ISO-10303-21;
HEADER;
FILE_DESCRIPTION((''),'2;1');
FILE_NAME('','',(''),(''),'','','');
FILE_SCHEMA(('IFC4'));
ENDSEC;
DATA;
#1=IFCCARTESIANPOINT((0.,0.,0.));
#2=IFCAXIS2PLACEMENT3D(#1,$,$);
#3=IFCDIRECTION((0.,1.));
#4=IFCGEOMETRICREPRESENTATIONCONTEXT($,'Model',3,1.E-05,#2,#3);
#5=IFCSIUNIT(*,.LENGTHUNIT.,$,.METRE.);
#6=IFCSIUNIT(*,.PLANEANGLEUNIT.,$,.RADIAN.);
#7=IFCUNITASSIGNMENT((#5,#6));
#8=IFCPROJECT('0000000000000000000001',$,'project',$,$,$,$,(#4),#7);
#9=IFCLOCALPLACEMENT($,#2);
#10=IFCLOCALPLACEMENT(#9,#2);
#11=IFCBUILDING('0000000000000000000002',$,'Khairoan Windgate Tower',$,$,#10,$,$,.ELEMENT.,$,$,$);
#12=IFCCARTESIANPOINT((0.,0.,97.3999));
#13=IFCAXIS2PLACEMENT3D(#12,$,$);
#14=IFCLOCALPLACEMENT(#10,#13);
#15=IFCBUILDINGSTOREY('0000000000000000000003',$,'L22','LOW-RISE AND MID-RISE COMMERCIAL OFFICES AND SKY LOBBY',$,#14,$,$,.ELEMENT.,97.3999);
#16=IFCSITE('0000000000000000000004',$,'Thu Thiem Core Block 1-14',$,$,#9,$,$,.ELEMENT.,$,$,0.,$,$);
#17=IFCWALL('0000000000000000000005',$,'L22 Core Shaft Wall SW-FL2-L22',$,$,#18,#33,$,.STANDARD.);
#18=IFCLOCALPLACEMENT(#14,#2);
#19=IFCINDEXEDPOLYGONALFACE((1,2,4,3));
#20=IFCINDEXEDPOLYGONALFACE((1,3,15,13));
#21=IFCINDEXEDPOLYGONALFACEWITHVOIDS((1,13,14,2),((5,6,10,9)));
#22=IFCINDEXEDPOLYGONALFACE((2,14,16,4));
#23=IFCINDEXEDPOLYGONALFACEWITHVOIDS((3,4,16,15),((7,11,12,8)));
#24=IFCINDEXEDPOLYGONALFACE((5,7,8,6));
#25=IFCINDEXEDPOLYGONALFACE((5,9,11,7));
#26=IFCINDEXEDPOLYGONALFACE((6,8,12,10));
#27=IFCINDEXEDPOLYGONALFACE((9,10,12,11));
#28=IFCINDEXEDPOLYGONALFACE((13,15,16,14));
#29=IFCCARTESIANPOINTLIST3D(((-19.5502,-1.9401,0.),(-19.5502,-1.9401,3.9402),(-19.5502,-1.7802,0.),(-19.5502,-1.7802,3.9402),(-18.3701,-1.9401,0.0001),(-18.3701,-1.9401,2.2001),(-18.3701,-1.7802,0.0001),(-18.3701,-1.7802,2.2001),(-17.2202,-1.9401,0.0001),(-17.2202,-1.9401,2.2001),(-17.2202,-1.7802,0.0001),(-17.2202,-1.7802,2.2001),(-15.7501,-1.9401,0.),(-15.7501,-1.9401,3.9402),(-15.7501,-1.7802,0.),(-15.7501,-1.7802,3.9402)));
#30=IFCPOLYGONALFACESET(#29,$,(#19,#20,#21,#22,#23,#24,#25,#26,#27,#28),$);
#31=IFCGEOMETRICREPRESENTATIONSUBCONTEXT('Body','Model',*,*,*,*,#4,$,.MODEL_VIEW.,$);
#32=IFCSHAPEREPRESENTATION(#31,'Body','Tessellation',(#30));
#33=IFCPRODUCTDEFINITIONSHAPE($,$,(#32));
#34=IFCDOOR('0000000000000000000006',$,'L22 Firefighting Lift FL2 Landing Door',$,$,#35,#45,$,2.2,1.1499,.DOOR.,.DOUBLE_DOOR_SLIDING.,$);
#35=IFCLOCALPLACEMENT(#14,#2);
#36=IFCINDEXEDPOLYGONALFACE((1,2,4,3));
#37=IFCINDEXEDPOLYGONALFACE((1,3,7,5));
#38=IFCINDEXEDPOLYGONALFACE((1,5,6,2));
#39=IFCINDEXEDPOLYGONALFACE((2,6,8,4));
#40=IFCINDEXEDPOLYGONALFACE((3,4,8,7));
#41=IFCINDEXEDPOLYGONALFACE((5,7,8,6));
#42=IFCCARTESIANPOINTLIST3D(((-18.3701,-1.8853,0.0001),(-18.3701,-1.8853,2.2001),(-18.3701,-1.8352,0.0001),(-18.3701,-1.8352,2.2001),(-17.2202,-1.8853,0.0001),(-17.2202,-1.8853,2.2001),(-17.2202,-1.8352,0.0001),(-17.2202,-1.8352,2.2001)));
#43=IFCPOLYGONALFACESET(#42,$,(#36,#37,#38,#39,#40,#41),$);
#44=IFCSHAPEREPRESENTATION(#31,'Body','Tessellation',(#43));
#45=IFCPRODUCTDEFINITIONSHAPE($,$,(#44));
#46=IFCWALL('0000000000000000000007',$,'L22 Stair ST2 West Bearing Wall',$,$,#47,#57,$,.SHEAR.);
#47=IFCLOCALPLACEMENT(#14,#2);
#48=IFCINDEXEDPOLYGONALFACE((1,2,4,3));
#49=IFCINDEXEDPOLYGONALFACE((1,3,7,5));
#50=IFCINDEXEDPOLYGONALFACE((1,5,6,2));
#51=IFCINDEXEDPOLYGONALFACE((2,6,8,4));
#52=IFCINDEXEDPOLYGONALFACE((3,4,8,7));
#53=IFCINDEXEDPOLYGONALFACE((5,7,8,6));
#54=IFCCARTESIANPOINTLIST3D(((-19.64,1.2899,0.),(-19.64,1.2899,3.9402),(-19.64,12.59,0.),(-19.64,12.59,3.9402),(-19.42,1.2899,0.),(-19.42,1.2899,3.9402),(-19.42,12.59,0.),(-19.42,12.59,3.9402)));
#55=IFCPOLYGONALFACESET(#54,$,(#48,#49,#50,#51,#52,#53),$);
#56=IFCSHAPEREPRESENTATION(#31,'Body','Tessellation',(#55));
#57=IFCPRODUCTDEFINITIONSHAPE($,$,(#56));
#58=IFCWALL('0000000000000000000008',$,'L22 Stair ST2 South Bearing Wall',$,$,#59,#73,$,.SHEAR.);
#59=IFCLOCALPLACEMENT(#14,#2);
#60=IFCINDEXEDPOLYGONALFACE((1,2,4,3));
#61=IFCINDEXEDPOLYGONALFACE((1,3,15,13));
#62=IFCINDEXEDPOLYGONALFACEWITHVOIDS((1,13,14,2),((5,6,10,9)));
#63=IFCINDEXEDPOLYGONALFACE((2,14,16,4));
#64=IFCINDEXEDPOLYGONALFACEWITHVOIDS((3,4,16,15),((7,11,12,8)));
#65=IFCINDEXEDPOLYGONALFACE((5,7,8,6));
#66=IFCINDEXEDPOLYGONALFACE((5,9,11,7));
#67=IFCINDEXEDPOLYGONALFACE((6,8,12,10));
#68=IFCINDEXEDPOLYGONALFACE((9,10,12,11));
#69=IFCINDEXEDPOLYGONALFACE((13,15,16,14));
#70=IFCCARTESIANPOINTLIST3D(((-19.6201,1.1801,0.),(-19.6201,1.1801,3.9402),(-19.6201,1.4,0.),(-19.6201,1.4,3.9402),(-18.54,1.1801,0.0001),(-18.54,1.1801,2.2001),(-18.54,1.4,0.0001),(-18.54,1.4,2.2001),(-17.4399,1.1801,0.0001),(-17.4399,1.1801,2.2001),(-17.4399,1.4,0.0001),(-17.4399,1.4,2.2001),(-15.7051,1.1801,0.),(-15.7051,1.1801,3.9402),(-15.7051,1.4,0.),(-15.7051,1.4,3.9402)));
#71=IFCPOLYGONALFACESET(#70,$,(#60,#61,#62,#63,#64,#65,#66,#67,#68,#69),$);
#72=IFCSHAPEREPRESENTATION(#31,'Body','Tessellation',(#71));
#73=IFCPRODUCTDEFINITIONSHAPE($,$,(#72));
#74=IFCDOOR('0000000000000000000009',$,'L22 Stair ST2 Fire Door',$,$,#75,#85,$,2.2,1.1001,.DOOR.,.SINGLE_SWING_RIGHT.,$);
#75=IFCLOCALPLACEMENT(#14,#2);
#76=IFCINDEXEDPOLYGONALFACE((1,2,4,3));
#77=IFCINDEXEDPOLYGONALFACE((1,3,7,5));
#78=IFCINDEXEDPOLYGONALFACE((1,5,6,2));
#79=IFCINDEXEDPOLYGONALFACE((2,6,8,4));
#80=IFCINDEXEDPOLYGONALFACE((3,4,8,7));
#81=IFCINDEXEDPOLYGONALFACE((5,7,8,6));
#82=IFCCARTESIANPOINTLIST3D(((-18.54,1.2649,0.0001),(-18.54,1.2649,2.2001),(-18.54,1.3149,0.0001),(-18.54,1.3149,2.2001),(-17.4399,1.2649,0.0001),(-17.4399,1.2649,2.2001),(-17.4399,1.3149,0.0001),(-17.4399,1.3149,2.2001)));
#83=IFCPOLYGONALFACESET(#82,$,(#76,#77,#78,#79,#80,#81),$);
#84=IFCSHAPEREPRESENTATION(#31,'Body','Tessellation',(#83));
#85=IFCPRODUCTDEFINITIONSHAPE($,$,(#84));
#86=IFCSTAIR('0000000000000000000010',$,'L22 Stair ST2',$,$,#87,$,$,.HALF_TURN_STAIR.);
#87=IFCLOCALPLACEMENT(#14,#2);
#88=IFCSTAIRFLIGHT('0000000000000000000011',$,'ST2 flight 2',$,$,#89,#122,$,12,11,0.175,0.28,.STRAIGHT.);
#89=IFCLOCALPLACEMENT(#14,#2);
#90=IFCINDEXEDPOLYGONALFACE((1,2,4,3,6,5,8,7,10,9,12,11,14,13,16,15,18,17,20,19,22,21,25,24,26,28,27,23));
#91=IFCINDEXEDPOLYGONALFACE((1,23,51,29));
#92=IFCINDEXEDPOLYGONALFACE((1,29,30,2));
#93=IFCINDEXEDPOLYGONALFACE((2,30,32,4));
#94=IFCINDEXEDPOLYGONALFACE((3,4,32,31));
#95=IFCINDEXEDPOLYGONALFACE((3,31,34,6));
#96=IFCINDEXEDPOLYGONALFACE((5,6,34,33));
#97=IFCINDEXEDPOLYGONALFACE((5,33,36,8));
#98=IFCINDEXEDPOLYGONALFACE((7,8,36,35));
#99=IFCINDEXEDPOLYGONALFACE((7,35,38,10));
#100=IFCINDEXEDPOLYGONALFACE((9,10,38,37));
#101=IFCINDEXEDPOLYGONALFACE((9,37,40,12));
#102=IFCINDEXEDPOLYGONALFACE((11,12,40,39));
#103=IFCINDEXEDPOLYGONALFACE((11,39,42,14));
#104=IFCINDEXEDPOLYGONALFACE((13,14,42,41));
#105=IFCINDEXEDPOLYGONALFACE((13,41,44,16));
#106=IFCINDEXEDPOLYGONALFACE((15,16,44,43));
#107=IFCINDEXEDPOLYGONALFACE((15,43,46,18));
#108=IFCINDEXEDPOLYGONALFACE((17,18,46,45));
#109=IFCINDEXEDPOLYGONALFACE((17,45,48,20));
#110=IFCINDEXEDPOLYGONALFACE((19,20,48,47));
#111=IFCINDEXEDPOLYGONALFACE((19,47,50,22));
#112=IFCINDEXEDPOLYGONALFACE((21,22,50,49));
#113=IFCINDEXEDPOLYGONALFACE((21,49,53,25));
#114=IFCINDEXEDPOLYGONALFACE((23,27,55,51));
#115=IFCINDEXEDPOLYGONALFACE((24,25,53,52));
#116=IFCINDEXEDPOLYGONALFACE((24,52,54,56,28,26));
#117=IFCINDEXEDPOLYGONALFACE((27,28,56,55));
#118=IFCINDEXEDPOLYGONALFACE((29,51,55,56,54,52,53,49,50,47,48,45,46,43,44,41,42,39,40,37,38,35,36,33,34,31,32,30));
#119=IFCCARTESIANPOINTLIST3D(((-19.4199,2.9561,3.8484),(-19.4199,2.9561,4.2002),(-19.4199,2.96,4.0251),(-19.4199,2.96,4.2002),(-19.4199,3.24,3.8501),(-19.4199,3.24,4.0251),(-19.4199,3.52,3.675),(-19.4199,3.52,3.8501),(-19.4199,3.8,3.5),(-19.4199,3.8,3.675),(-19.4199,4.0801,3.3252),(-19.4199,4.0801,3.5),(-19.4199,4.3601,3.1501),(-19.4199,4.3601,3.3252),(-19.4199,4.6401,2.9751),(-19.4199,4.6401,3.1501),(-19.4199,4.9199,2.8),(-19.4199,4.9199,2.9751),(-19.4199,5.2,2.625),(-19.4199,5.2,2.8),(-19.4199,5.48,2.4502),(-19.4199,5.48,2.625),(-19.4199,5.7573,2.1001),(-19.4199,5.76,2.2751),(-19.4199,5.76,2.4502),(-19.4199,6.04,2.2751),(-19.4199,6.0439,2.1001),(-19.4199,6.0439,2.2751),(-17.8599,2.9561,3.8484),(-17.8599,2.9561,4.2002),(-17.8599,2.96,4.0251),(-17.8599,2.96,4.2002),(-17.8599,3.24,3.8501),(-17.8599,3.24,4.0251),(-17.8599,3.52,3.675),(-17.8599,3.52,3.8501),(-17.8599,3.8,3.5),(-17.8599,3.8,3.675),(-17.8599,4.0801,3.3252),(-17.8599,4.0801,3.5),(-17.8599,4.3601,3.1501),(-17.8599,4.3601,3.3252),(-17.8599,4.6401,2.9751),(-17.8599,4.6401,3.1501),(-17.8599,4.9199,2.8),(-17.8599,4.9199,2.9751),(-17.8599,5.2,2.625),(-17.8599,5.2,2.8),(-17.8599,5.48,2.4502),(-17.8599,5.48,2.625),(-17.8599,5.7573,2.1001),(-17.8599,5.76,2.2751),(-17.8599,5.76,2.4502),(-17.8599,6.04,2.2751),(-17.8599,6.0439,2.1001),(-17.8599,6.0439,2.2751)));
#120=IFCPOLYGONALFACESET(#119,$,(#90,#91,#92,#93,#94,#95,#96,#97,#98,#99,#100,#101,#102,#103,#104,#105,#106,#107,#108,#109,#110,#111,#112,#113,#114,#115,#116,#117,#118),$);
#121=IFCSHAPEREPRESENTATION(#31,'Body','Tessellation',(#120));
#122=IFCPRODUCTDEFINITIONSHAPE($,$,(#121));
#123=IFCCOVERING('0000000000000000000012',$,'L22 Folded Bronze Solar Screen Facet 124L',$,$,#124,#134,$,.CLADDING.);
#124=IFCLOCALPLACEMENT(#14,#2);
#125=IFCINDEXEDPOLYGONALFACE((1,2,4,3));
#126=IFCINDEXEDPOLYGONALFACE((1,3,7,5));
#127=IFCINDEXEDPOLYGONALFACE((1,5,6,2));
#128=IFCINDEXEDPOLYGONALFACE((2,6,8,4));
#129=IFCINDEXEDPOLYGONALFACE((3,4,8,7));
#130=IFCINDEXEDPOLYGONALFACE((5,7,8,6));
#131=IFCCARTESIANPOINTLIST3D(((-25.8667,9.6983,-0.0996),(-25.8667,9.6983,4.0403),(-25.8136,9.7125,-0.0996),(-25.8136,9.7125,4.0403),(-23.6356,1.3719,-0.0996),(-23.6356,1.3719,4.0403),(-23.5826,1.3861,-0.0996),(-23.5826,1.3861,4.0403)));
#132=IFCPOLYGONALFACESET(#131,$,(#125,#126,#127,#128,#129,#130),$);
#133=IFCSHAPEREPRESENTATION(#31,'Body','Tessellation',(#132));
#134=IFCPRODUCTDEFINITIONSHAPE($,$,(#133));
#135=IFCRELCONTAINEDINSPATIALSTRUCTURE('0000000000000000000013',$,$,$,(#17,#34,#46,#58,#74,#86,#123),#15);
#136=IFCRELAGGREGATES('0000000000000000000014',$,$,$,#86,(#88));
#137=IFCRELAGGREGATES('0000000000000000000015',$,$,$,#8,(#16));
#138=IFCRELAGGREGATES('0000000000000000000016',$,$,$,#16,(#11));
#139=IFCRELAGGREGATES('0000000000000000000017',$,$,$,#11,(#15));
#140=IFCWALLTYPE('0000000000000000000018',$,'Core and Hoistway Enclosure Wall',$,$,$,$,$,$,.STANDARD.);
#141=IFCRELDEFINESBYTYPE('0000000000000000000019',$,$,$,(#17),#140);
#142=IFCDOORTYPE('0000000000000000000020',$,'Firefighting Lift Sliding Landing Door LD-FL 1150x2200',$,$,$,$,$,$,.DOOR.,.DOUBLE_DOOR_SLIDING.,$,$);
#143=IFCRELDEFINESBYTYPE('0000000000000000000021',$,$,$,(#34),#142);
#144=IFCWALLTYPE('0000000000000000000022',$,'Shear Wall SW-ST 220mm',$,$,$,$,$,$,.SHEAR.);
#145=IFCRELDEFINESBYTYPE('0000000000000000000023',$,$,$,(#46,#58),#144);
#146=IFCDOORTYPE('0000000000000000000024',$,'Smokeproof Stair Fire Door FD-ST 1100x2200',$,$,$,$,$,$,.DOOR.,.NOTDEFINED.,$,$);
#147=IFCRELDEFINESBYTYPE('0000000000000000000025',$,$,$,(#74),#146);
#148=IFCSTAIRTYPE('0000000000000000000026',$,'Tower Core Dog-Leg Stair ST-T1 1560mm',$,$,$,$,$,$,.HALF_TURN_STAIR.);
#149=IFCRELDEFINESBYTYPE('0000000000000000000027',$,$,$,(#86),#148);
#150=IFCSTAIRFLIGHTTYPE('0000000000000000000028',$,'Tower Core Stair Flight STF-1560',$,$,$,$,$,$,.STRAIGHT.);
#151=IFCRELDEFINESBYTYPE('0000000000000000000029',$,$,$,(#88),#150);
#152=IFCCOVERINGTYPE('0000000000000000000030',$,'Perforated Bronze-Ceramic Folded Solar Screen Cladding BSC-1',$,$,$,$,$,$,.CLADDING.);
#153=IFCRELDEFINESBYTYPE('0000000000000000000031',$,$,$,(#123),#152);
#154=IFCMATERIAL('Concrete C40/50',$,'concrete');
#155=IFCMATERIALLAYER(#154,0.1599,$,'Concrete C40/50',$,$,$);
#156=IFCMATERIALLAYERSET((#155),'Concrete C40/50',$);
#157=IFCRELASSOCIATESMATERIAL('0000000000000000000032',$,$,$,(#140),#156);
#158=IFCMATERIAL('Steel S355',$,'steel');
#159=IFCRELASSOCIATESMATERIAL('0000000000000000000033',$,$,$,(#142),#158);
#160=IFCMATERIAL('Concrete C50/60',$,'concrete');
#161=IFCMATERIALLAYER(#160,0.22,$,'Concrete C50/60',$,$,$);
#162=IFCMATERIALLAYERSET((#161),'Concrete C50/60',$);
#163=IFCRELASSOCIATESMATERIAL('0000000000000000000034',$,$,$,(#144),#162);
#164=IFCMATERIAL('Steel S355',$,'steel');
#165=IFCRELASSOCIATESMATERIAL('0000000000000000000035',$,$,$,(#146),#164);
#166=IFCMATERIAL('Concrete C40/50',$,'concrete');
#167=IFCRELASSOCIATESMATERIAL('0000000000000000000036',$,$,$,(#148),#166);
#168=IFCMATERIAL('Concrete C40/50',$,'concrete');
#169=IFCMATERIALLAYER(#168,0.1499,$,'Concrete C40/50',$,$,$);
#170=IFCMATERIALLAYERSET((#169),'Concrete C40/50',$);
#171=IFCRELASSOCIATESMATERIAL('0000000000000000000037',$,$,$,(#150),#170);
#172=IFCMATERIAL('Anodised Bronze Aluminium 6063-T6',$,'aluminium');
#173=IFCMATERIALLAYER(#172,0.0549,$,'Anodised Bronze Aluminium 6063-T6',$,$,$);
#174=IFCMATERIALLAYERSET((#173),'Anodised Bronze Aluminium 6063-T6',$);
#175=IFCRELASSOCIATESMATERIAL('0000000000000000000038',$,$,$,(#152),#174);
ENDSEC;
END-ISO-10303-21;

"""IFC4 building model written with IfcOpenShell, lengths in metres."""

from ifc_helpers import new_model, si_unit, direction, frame, frame_2d, origin, origin_2d, place, context, subcontext, project, spatial, polyline, rectangle, outline, extrude, material, layer, layer_set, type_object, element, fill, aggregate, save


model = new_model("IFC4")

# Units and contexts
model_context = context("Model", 3, precision=1e-05, world=origin(), true_north=direction((0.0, 1.0)))
body_context = subcontext(model_context, "Body", "Model", "MODEL_VIEW")
ifc_project = project(units=[si_unit("LENGTHUNIT", "METRE"), si_unit("PLANEANGLEUNIT", "RADIAN")], contexts=[model_context])

# Site, building, storey
site_placement = place(None, origin())
site = spatial("IfcSite", under=ifc_project, at=site_placement, Name="Thu Thiem Core Block 1-14", CompositionType="ELEMENT", RefElevation=0.0)
building_placement = place(site_placement, origin())
building = spatial("IfcBuilding", under=site, at=building_placement, Name="Khairoan Windgate Tower", CompositionType="ELEMENT")
storey_placement = place(building_placement, frame((0.0, 0.0, 97.3999)))
storey = spatial("IfcBuildingStorey", under=building, at=storey_placement, Name="L22", Description="LOW-RISE AND MID-RISE COMMERCIAL OFFICES AND SKY LOBBY", CompositionType="ELEMENT", Elevation=97.3999)

# Wall, opening, door
ifc_material_1 = material(Name="Concrete C40/50", Category="concrete")
ifc_layer_1 = layer(ifc_material_1, 0.1599, Name="Concrete C40/50")
ifc_layer_set_1 = layer_set([ifc_layer_1], Name="Concrete C40/50")
wall_type_1 = type_object("IfcWallType", Name="Core and Hoistway Enclosure Wall", PredefinedType="STANDARD", material=ifc_layer_set_1)
wall_1_placement = place(storey_placement, frame((-19.55, -1.8601, 0.0), z_axis=(0.0, 0.0, 1.0), x_axis=(1.0, 0.0, 0.0)))
wall_1 = element("IfcWall", 1, at=wall_1_placement, inside=storey, type_object=wall_type_1, Name="L22 Core Shaft Wall SW-FL2-L22", PredefinedType="STANDARD", context=body_context, shape_type="SweptSolid", body=[
    extrude(rectangle(XDim=3.8, YDim=0.1599, at=frame_2d((1.8999, 0.0))), origin(), (0.0, 0.0, 1.0), 3.9402),
])
opening_1_placement = place(wall_1_placement, frame((1.1799, 0.0, 0.0)))
opening_1 = element("IfcOpeningElement", 2, at=opening_1_placement, cuts=wall_1, PredefinedType="OPENING", context=body_context, shape_type="SweptSolid", body=[
    extrude(rectangle(XDim=1.1499, YDim=2.2, at=frame_2d((0.575, 1.1001))), frame((0.0, 0.0898, 0.0), z_axis=(0.0, -1.0, 0.0), x_axis=(1.0, 0.0, 0.0)), (0.0, 0.0, 1.0), 0.1799),
])
ifc_material_2 = material(Name="Steel S355", Category="steel")
door_type_1 = type_object("IfcDoorType", Name="Firefighting Lift Sliding Landing Door LD-FL 1150x2200", OperationType="DOUBLE_DOOR_SLIDING", PredefinedType="DOOR", material=ifc_material_2)
door_1_placement = place(opening_1_placement, origin())
door_1 = element("IfcDoor", 3, at=door_1_placement, inside=storey, type_object=door_type_1, Name="L22 Firefighting Lift FL2 Landing Door", OperationType="DOUBLE_DOOR_SLIDING", OverallHeight=2.2, OverallWidth=1.1499, PredefinedType="DOOR", context=body_context, shape_type="SweptSolid", body=[
    extrude(rectangle(XDim=1.1499, YDim=2.2, at=frame_2d((0.575, 1.1001))), frame((0.0, 0.0249, 0.0), z_axis=(0.0, -1.0, 0.0), x_axis=(1.0, 0.0, 0.0)), (0.0, 0.0, 1.0), 0.05),
])
fill(opening_1, door_1)

# Wall
ifc_material_3 = material(Name="Concrete C50/60", Category="concrete")
ifc_layer_2 = layer(ifc_material_3, 0.22, Name="Concrete C50/60")
ifc_layer_set_2 = layer_set([ifc_layer_2], Name="Concrete C50/60")
wall_type_2 = type_object("IfcWallType", Name="Shear Wall SW-ST 220mm", PredefinedType="SHEAR", material=ifc_layer_set_2)
wall_2_placement = place(storey_placement, frame((-19.53, 1.29, 0.0), z_axis=(0.0, 0.0, 1.0), x_axis=(0.0, 1.0, 0.0)))
element("IfcWall", 4, at=wall_2_placement, inside=storey, type_object=wall_type_2, Name="L22 Stair ST2 West Bearing Wall", PredefinedType="SHEAR", context=body_context, shape_type="SweptSolid", body=[
    extrude(rectangle(XDim=11.3, YDim=0.22, at=frame_2d((5.6499, 0.0))), origin(), (0.0, 0.0, 1.0), 3.9402),
])

# Wall, opening, door
wall_3_placement = place(storey_placement, frame((-19.6201, 1.29, 0.0), z_axis=(0.0, 0.0, 1.0), x_axis=(1.0, 0.0, 0.0)))
wall_3 = element("IfcWall", 5, at=wall_3_placement, inside=storey, type_object=wall_type_2, Name="L22 Stair ST2 South Bearing Wall", PredefinedType="SHEAR", context=body_context, shape_type="SweptSolid", body=[
    extrude(rectangle(XDim=3.915, YDim=0.22, at=frame_2d((1.9575, 0.0))), origin(), (0.0, 0.0, 1.0), 3.9402),
])
opening_2_placement = place(wall_3_placement, frame((1.0801, 0.0, 0.0)))
opening_2 = element("IfcOpeningElement", 6, at=opening_2_placement, cuts=wall_3, PredefinedType="OPENING", context=body_context, shape_type="SweptSolid", body=[
    extrude(rectangle(XDim=1.1001, YDim=2.2, at=frame_2d((0.55, 1.1001))), frame((0.0, 0.1199, 0.0), z_axis=(0.0, -1.0, 0.0), x_axis=(1.0, 0.0, 0.0)), (0.0, 0.0, 1.0), 0.24),
])
ifc_material_4 = material(Name="Steel S355", Category="steel")
door_type_2 = type_object("IfcDoorType", Name="Smokeproof Stair Fire Door FD-ST 1100x2200", OperationType="NOTDEFINED", PredefinedType="DOOR", material=ifc_material_4)
door_2_placement = place(opening_2_placement, origin())
door_2 = element("IfcDoor", 7, at=door_2_placement, inside=storey, type_object=door_type_2, Name="L22 Stair ST2 Fire Door", OperationType="SINGLE_SWING_RIGHT", OverallHeight=2.2, OverallWidth=1.1001, PredefinedType="DOOR", context=body_context, shape_type="SweptSolid", body=[
    extrude(rectangle(XDim=1.1001, YDim=2.2, at=frame_2d((0.55, 1.1001))), frame((0.0, 0.0249, 0.0), z_axis=(0.0, -1.0, 0.0), x_axis=(1.0, 0.0, 0.0)), (0.0, 0.0, 1.0), 0.05),
])
fill(opening_2, door_2)

# Stair, stair flight
ifc_material_5 = material(Name="Concrete C40/50", Category="concrete")
stair_type = type_object("IfcStairType", Name="Tower Core Dog-Leg Stair ST-T1 1560mm", PredefinedType="HALF_TURN_STAIR", material=ifc_material_5)
stair_placement = place(storey_placement, origin())
stair = element("IfcStair", 8, at=stair_placement, inside=storey, type_object=stair_type, Name="L22 Stair ST2", PredefinedType="HALF_TURN_STAIR")
ifc_material_6 = material(Name="Concrete C40/50", Category="concrete")
ifc_layer_3 = layer(ifc_material_6, 0.1499, Name="Concrete C40/50")
ifc_layer_set_3 = layer_set([ifc_layer_3], Name="Concrete C40/50")
stair_flight_type = type_object("IfcStairFlightType", Name="Tower Core Stair Flight STF-1560", PredefinedType="STRAIGHT", material=ifc_layer_set_3)
stair_flight_placement = place(storey_placement, frame((-18.6399, 6.04, 2.1001), z_axis=(0.0, 0.0, 1.0), x_axis=(0.0, -1.0, 0.0)))
stair_flight = element("IfcStairFlight", 9, at=stair_flight_placement, type_object=stair_flight_type, Name="ST2 flight 2", NumberOfRisers=12, NumberOfTreads=11, PredefinedType="STRAIGHT", RiserHeight=0.175, TreadLength=0.28, context=body_context, shape_type="SweptSolid", body=[
    extrude(outline(polyline([(-0.0039, 0.0), (-0.0039, 0.175), (0.0, 0.175), (0.28, 0.175), (0.28, 0.3501), (0.5601, 0.3501), (0.5601, 0.5249), (0.8401, 0.5249), (0.8401, 0.7), (1.1201, 0.7), (1.1201, 0.875), (1.3999, 0.875), (1.3999, 1.05), (1.6799, 1.05), (1.6799, 1.2251), (1.96, 1.2251), (1.96, 1.3999), (2.24, 1.3999), (2.24, 1.575), (2.52, 1.575), (2.52, 1.75), (2.8, 1.75), (2.8, 1.925), (3.0801, 1.925), (3.0801, 2.1001), (3.084, 2.1001), (3.084, 1.7483), (0.2827, 0.0), (-0.0039, 0.0)])), frame((0.0, 0.78, 0.0), z_axis=(0.0, -1.0, 0.0), x_axis=(1.0, 0.0, 0.0)), (0.0, 0.0, 1.0), 1.5601),
])
aggregate(stair, [stair_flight])

# Covering
ifc_material_7 = material(Name="Anodised Bronze Aluminium 6063-T6", Category="aluminium")
ifc_layer_4 = layer(ifc_material_7, 0.0549, Name="Anodised Bronze Aluminium 6063-T6")
ifc_layer_set_4 = layer_set([ifc_layer_4], Name="Anodised Bronze Aluminium 6063-T6")
covering_type = type_object("IfcCoveringType", Name="Perforated Bronze-Ceramic Folded Solar Screen Cladding BSC-1", PredefinedType="CLADDING", material=ifc_layer_set_4)
covering_placement = place(storey_placement, frame((-24.7246, 5.5422, -0.0996), z_axis=(0.0, 0.0, 1.0), x_axis=(-0.258819, 0.965926, 0.0)))
element("IfcCovering", 10, at=covering_placement, inside=storey, type_object=covering_type, Name="L22 Folded Bronze Solar Screen Facet 124L", PredefinedType="CLADDING", context=body_context, shape_type="SweptSolid", body=[
    extrude(rectangle(XDim=8.6201, YDim=0.0549, at=origin_2d()), origin(), (0.0, 0.0, 1.0), 4.1399),
])

save(model, "model.ifc")
